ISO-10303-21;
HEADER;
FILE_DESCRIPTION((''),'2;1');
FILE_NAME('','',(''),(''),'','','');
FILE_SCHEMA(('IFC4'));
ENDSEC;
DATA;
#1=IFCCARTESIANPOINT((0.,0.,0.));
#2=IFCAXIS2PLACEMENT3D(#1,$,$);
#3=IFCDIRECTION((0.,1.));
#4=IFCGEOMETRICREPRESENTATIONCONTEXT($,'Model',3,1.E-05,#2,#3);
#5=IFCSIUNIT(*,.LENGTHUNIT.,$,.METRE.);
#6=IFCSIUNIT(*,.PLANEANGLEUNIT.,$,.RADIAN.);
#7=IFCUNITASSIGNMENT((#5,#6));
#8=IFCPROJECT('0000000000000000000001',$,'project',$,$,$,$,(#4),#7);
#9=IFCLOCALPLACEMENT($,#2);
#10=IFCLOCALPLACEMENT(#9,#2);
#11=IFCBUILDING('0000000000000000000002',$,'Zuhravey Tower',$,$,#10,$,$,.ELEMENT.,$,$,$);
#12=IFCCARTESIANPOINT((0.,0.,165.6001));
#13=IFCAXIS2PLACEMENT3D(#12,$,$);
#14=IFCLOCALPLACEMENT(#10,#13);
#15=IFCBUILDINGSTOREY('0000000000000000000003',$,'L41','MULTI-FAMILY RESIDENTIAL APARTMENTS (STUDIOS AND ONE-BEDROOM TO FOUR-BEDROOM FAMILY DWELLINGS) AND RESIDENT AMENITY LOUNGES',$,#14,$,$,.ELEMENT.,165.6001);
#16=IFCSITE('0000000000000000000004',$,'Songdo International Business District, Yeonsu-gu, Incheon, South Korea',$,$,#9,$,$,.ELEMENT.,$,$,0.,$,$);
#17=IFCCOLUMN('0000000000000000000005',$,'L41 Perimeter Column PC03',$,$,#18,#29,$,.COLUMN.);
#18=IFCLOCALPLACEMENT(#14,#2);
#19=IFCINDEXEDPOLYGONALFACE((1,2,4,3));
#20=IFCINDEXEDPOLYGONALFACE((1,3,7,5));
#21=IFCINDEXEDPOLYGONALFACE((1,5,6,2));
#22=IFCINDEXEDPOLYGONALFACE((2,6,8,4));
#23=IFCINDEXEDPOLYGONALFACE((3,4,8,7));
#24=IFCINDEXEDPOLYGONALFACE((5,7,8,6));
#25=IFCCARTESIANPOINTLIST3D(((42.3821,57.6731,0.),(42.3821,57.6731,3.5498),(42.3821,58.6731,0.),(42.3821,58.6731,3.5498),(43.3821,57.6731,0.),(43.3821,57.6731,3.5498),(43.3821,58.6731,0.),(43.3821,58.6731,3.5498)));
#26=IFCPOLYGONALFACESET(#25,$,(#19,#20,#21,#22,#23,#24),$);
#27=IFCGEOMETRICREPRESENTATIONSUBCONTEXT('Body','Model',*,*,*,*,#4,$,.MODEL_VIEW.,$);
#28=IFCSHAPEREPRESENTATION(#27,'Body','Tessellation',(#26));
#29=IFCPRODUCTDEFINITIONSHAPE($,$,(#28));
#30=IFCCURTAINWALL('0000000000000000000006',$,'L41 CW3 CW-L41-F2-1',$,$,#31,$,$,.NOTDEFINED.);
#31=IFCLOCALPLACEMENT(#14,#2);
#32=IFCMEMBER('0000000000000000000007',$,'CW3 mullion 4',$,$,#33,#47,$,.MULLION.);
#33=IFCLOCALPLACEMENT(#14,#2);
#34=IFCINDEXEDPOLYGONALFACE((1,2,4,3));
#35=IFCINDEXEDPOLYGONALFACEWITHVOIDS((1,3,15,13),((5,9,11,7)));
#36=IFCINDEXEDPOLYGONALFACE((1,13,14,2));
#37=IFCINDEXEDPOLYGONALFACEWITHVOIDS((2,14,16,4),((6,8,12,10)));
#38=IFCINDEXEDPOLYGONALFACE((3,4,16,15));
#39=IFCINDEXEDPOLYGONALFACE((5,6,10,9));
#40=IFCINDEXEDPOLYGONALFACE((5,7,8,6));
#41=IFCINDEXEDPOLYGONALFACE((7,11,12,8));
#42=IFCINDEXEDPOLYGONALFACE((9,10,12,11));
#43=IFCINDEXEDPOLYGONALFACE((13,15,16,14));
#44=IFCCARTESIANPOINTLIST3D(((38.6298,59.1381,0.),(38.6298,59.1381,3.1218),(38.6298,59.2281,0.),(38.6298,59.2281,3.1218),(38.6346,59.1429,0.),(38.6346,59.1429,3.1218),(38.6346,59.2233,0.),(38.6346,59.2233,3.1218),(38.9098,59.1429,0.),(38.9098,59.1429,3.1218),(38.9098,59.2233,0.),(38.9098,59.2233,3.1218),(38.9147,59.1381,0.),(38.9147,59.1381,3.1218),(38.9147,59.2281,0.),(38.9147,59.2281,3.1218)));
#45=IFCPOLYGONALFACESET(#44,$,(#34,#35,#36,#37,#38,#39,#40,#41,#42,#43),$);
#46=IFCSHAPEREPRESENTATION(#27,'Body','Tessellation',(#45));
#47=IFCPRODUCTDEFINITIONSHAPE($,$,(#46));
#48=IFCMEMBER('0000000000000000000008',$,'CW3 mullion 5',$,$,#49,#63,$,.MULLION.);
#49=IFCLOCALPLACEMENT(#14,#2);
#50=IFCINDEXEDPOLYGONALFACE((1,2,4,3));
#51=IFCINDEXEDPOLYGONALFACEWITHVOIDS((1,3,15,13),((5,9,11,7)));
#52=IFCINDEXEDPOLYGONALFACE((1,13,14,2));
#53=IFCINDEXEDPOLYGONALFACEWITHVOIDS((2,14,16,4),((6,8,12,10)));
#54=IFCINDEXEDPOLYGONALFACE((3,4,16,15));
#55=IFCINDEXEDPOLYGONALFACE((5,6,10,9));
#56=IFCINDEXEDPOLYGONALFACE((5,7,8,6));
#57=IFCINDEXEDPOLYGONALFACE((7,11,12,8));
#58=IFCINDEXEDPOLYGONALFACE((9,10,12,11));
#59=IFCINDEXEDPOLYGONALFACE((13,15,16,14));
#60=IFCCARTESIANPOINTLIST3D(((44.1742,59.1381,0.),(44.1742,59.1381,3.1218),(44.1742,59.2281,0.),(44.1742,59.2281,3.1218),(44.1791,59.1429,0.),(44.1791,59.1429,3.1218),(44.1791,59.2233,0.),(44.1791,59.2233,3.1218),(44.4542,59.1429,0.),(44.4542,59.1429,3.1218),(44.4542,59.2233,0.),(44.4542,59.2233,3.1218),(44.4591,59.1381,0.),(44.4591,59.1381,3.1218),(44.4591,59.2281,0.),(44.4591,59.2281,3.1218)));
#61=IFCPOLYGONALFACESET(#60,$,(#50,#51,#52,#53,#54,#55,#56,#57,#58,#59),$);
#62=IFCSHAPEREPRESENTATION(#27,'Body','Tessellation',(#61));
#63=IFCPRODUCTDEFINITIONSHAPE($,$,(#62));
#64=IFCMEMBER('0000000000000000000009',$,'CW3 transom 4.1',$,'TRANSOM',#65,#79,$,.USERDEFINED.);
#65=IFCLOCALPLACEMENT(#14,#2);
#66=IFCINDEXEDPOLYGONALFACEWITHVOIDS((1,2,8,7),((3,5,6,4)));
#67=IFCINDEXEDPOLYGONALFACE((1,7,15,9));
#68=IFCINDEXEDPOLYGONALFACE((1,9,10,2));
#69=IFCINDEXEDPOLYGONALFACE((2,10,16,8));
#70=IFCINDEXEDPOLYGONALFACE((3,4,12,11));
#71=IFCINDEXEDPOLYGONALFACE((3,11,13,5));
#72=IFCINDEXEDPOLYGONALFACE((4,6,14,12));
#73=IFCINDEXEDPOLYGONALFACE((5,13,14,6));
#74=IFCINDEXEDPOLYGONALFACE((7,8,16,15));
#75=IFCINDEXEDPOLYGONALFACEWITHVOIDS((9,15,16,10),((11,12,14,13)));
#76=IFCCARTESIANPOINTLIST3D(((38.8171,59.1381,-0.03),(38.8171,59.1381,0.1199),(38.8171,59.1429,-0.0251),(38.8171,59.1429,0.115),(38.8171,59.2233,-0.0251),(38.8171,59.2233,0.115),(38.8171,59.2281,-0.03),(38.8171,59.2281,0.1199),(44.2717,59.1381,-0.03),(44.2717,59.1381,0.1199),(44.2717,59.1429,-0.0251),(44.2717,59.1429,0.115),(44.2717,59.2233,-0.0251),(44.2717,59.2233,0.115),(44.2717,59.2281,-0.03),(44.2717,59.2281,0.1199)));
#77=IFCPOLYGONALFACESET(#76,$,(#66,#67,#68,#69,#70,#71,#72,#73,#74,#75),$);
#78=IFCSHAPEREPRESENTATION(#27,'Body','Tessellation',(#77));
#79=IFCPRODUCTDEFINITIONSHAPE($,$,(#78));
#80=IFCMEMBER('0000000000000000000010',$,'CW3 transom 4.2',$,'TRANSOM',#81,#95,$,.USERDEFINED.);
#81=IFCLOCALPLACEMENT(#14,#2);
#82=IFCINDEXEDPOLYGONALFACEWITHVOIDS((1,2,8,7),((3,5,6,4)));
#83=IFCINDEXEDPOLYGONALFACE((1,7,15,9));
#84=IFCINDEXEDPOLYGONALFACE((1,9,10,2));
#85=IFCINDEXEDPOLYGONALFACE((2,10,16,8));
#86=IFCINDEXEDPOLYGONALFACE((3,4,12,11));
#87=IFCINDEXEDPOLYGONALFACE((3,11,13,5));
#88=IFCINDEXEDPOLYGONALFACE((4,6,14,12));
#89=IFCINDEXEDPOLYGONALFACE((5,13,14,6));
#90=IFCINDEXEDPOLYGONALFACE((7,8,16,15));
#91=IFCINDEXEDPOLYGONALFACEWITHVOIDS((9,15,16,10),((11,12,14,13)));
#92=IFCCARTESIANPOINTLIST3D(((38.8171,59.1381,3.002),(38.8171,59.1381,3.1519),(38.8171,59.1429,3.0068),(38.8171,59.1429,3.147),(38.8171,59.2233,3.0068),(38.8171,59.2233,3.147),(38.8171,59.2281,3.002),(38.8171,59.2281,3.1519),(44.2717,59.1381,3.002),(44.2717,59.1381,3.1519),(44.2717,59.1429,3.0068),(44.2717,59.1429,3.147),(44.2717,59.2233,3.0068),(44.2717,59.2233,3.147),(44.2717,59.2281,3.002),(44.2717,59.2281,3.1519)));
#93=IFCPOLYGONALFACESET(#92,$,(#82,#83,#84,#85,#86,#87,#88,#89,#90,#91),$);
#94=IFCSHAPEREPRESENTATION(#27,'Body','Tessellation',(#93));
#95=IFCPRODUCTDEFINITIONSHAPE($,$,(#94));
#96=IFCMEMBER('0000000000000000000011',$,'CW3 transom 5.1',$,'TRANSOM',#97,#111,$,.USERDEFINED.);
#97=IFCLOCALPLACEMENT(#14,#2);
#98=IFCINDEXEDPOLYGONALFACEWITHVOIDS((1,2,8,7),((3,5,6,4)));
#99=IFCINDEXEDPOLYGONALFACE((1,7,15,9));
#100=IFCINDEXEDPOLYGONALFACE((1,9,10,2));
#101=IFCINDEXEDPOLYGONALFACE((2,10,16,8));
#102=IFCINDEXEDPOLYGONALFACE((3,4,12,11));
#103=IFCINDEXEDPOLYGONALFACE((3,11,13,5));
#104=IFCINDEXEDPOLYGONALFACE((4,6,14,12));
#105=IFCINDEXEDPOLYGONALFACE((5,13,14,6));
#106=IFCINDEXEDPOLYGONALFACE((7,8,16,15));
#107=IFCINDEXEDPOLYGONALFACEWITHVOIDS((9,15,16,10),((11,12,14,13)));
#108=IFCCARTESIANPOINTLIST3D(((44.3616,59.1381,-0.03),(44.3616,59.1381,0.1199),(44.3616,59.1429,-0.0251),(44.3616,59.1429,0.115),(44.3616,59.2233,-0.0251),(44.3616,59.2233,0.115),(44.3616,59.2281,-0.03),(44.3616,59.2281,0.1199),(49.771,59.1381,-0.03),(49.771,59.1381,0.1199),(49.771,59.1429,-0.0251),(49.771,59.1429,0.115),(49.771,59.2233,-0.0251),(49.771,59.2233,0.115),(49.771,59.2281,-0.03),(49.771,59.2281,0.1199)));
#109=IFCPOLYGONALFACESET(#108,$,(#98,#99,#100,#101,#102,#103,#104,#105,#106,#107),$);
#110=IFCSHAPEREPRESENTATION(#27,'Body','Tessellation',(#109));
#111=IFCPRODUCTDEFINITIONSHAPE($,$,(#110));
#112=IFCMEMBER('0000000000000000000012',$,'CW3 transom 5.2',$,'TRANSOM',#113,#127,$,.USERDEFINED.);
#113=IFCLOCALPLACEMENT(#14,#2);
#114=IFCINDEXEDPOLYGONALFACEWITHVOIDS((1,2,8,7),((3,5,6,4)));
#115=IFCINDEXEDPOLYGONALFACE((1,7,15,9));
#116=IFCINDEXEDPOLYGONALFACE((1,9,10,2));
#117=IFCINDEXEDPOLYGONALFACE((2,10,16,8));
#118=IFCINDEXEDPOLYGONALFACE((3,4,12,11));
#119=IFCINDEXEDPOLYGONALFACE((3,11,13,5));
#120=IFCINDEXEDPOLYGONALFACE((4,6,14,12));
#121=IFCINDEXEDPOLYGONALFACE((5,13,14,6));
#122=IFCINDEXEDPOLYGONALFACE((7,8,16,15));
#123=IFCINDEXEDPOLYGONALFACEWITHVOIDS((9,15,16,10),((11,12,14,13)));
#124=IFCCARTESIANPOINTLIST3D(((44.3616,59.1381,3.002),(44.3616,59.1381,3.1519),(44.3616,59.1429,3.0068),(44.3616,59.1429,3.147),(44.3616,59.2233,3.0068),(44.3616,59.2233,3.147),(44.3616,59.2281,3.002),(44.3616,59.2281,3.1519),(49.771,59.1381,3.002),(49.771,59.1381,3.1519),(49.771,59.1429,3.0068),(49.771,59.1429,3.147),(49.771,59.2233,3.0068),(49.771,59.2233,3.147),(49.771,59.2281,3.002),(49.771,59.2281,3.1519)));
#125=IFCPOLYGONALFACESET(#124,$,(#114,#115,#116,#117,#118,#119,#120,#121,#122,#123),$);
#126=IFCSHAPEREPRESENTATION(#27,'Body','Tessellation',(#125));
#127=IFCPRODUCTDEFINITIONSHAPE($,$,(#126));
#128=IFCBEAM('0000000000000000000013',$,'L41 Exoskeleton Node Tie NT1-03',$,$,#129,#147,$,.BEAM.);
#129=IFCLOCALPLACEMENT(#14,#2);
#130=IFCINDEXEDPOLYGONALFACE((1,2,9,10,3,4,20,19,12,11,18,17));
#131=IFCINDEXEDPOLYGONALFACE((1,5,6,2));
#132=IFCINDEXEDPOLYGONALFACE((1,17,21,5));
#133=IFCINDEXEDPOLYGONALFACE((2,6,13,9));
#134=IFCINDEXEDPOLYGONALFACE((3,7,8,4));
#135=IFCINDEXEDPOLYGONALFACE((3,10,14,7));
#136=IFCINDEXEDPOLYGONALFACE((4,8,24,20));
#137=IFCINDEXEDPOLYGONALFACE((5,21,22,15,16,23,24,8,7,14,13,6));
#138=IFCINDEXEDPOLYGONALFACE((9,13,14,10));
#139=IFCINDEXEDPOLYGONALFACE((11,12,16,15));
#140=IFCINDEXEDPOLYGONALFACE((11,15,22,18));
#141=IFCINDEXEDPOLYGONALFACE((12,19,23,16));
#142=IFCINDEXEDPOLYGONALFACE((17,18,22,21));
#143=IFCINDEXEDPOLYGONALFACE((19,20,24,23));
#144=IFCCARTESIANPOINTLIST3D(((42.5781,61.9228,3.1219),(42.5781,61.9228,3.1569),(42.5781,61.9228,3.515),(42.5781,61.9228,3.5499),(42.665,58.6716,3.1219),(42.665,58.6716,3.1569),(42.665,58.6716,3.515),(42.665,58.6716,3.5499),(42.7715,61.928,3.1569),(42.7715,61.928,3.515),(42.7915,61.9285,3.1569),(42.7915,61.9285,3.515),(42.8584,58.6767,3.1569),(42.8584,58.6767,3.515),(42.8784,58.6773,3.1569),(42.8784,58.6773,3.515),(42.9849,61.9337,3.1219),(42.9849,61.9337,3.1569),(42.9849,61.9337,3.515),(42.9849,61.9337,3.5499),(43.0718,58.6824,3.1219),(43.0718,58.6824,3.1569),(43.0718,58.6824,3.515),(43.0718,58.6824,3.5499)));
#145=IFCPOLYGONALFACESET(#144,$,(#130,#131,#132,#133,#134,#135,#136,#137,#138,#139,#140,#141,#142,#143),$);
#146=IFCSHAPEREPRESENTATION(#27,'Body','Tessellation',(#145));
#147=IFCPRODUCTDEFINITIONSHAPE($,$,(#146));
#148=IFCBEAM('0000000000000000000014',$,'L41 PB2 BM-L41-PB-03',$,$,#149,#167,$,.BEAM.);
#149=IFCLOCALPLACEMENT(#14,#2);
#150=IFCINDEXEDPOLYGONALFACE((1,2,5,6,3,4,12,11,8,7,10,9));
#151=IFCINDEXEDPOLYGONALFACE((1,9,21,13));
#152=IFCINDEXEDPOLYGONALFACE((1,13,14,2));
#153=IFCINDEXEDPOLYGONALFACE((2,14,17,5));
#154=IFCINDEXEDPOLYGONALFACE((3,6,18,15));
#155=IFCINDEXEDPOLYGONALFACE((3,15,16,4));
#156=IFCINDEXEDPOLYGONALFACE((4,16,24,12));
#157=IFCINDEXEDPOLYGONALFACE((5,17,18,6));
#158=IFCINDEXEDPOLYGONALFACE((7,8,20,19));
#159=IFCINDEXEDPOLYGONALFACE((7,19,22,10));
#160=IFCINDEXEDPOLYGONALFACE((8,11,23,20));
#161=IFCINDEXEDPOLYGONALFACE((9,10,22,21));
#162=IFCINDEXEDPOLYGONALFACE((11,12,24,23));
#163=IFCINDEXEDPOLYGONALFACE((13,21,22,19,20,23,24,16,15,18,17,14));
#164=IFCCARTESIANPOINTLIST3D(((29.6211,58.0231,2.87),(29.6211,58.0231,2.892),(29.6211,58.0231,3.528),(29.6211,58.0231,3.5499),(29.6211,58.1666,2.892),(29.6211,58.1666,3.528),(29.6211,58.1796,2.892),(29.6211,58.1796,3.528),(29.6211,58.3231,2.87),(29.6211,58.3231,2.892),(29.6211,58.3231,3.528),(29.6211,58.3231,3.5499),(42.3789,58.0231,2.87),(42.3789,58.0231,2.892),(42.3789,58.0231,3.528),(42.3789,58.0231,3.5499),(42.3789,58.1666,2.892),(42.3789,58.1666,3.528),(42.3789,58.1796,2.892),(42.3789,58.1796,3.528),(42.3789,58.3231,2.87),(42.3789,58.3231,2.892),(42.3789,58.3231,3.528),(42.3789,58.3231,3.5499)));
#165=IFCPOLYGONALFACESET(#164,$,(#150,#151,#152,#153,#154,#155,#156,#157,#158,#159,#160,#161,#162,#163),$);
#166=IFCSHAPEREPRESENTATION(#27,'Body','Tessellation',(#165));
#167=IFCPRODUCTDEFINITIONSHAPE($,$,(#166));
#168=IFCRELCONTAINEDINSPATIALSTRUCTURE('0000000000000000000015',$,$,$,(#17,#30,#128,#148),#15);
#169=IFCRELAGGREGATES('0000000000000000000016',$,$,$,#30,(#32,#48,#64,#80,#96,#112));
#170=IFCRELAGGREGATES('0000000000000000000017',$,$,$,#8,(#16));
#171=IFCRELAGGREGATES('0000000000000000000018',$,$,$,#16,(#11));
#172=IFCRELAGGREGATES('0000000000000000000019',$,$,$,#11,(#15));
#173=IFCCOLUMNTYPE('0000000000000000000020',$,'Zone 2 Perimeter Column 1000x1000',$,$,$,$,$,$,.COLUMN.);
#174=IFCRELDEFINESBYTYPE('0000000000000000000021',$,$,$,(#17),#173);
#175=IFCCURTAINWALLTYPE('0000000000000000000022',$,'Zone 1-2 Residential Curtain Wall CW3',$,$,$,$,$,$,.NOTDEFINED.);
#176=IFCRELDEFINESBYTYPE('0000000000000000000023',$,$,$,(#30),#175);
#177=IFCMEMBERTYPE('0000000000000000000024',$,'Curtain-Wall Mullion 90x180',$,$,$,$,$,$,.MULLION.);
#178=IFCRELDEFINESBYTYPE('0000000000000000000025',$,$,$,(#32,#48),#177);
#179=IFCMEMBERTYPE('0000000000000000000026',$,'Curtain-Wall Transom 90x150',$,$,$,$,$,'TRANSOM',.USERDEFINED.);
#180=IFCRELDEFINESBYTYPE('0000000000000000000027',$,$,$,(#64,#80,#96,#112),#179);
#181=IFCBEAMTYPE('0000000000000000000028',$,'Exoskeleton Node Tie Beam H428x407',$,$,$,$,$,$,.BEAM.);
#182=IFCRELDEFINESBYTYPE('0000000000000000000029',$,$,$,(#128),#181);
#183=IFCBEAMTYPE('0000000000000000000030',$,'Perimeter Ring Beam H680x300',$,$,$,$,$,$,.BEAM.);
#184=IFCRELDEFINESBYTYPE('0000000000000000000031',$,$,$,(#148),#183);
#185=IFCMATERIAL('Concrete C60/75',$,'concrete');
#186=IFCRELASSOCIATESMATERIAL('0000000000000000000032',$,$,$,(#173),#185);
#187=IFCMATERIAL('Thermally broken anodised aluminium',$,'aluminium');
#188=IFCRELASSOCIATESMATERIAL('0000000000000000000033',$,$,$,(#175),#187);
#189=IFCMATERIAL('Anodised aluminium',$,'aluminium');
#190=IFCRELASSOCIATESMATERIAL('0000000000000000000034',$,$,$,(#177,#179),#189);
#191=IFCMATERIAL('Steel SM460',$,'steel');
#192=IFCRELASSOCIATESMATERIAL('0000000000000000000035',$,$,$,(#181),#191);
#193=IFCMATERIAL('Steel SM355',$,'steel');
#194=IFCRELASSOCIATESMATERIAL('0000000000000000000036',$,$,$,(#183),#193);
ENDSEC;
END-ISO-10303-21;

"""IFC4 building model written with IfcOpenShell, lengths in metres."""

from ifc_helpers import new_model, si_unit, direction, frame, origin, origin_2d, place, context, subcontext, project, spatial, rectangle, hollow_rectangle, i_section, extrude, material, material_profile, profile_set, type_object, element, aggregate, save


model = new_model("IFC4")

# Units and contexts
model_context = context("Model", 3, precision=1e-05, world=origin(), true_north=direction((0.0, 1.0)))
body_context = subcontext(model_context, "Body", "Model", "MODEL_VIEW")
ifc_project = project(units=[si_unit("LENGTHUNIT", "METRE"), si_unit("PLANEANGLEUNIT", "RADIAN")], contexts=[model_context])

# Site, building, storey
site_placement = place(None, origin())
site = spatial("IfcSite", under=ifc_project, at=site_placement, Name="Songdo International Business District, Yeonsu-gu, Incheon, South Korea", CompositionType="ELEMENT", RefElevation=0.0)
building_placement = place(site_placement, origin())
building = spatial("IfcBuilding", under=site, at=building_placement, Name="Zuhravey Tower", CompositionType="ELEMENT")
storey_placement = place(building_placement, frame((0.0, 0.0, 165.6001)))
storey = spatial("IfcBuildingStorey", under=building, at=storey_placement, Name="L41", Description="MULTI-FAMILY RESIDENTIAL APARTMENTS (STUDIOS AND ONE-BEDROOM TO FOUR-BEDROOM FAMILY DWELLINGS) AND RESIDENT AMENITY LOUNGES", CompositionType="ELEMENT", Elevation=165.6001)

# Column
ifc_material_1 = material(Name="Concrete C60/75", Category="concrete")
ifc_material_profile_1 = material_profile(ifc_material_1, rectangle(XDim=1.0, YDim=1.0, at=origin_2d()), Name="RC-1000x1000")
ifc_profile_set_1 = profile_set([ifc_material_profile_1], Name="Concrete C60/75")
column_type = type_object("IfcColumnType", Name="Zone 2 Perimeter Column 1000x1000", PredefinedType="COLUMN", material=ifc_profile_set_1)
column_placement = place(storey_placement, frame((42.8821, 58.1731, 0.0), z_axis=(0.0, 0.0, 1.0), x_axis=(-1.0, 0.0, 0.0)))
element("IfcColumn", 1, at=column_placement, inside=storey, type_object=column_type, Name="L41 Perimeter Column PC03", PredefinedType="COLUMN", context=body_context, shape_type="SweptSolid", body=[
    extrude(rectangle(XDim=1.0, YDim=1.0, at=origin_2d()), origin(), (0.0, 0.0, 1.0), 3.5498),
])

# Curtain wall, members
ifc_material_2 = material(Name="Thermally broken anodised aluminium", Category="aluminium")
curtain_wall_type = type_object("IfcCurtainWallType", Name="Zone 1-2 Residential Curtain Wall CW3", PredefinedType="NOTDEFINED", material=ifc_material_2)
curtain_wall_placement = place(storey_placement, origin())
curtain_wall = element("IfcCurtainWall", 2, at=curtain_wall_placement, inside=storey, type_object=curtain_wall_type, Name="L41 CW3 CW-L41-F2-1", PredefinedType="NOTDEFINED")
ifc_material_3 = material(Name="Anodised aluminium", Category="aluminium")
ifc_material_profile_2 = material_profile(ifc_material_3, hollow_rectangle(XDim=0.0901, YDim=0.2849, WallThickness=0.0049, at=origin_2d()), Name="ALU-RHS-90x285x5")
ifc_profile_set_2 = profile_set([ifc_material_profile_2], Name="Anodised aluminium")
member_type_1 = type_object("IfcMemberType", Name="Curtain-Wall Mullion 90x180", PredefinedType="MULLION", material=ifc_profile_set_2)
member_1_placement = place(storey_placement, frame((38.7722, 59.1831, 0.0), z_axis=(0.0, 0.0, 1.0), x_axis=(0.0, 1.0, 0.0)))
member_1 = element("IfcMember", 3, at=member_1_placement, type_object=member_type_1, Name="CW3 mullion 4", PredefinedType="MULLION", context=body_context, shape_type="SweptSolid", body=[
    extrude(hollow_rectangle(XDim=0.0901, YDim=0.2849, WallThickness=0.0049, at=origin_2d()), origin(), (0.0, 0.0, 1.0), 3.1218),
])
member_2_placement = place(storey_placement, frame((44.3167, 59.1831, 0.0), z_axis=(0.0, 0.0, 1.0), x_axis=(0.0, 1.0, 0.0)))
member_2 = element("IfcMember", 4, at=member_2_placement, type_object=member_type_1, Name="CW3 mullion 5", PredefinedType="MULLION", context=body_context, shape_type="SweptSolid", body=[
    extrude(hollow_rectangle(XDim=0.0901, YDim=0.2849, WallThickness=0.0049, at=origin_2d()), origin(), (0.0, 0.0, 1.0), 3.1218),
])
ifc_material_profile_3 = material_profile(ifc_material_3, hollow_rectangle(XDim=0.0901, YDim=0.1499, WallThickness=0.0049, at=origin_2d()), Name="ALU-RHS-90x150x5")
ifc_profile_set_3 = profile_set([ifc_material_profile_3], Name="Anodised aluminium")
member_type_2 = type_object("IfcMemberType", Name="Curtain-Wall Transom 90x150", ElementType="TRANSOM", PredefinedType="USERDEFINED", material=ifc_profile_set_3)
member_3_placement = place(storey_placement, frame((38.8171, 59.1831, 0.0449), z_axis=(1.0, 0.0, 0.0), x_axis=(0.0, 1.0, 0.0)))
member_3 = element("IfcMember", 5, at=member_3_placement, type_object=member_type_2, Name="CW3 transom 4.1", ObjectType="TRANSOM", PredefinedType="USERDEFINED", context=body_context, shape_type="SweptSolid", body=[
    extrude(hollow_rectangle(XDim=0.0901, YDim=0.1499, WallThickness=0.0049, at=origin_2d()), origin(), (0.0, 0.0, 1.0), 5.4546),
])
member_4_placement = place(storey_placement, frame((38.8171, 59.1831, 3.0769), z_axis=(1.0, 0.0, 0.0), x_axis=(0.0, 1.0, 0.0)))
member_4 = element("IfcMember", 6, at=member_4_placement, type_object=member_type_2, Name="CW3 transom 4.2", ObjectType="TRANSOM", PredefinedType="USERDEFINED", context=body_context, shape_type="SweptSolid", body=[
    extrude(hollow_rectangle(XDim=0.0901, YDim=0.1499, WallThickness=0.0049, at=origin_2d()), origin(), (0.0, 0.0, 1.0), 5.4546),
])
member_5_placement = place(storey_placement, frame((44.3616, 59.1831, 0.0449), z_axis=(1.0, 0.0, 0.0), x_axis=(0.0, 1.0, 0.0)))
member_5 = element("IfcMember", 7, at=member_5_placement, type_object=member_type_2, Name="CW3 transom 5.1", ObjectType="TRANSOM", PredefinedType="USERDEFINED", context=body_context, shape_type="SweptSolid", body=[
    extrude(hollow_rectangle(XDim=0.0901, YDim=0.1499, WallThickness=0.0049, at=origin_2d()), origin(), (0.0, 0.0, 1.0), 5.4094),
])
member_6_placement = place(storey_placement, frame((44.3616, 59.1831, 3.0769), z_axis=(1.0, 0.0, 0.0), x_axis=(0.0, 1.0, 0.0)))
member_6 = element("IfcMember", 8, at=member_6_placement, type_object=member_type_2, Name="CW3 transom 5.2", ObjectType="TRANSOM", PredefinedType="USERDEFINED", context=body_context, shape_type="SweptSolid", body=[
    extrude(hollow_rectangle(XDim=0.0901, YDim=0.1499, WallThickness=0.0049, at=origin_2d()), origin(), (0.0, 0.0, 1.0), 5.4094),
])

# Beams
ifc_material_4 = material(Name="Steel SM460", Category="steel")
ifc_material_profile_4 = material_profile(ifc_material_4, i_section(OverallWidth=0.407, OverallDepth=0.428, WebThickness=0.02, FlangeThickness=0.0349, at=origin_2d()), Name="H-428x407x20x35")
ifc_profile_set_4 = profile_set([ifc_material_profile_4], Name="Steel SM460")
beam_type_1 = type_object("IfcBeamType", Name="Exoskeleton Node Tie Beam H428x407", PredefinedType="BEAM", material=ifc_profile_set_4)
beam_1_placement = place(storey_placement, frame((42.8684, 58.677, 3.3359), z_axis=(-0.026723, 0.999643, 0.0), x_axis=(-0.999643, -0.026723, 0.0)))
element("IfcBeam", 9, at=beam_1_placement, inside=storey, type_object=beam_type_1, Name="L41 Exoskeleton Node Tie NT1-03", PredefinedType="BEAM", context=body_context, shape_type="SweptSolid", body=[
    extrude(i_section(OverallWidth=0.407, OverallDepth=0.428, WebThickness=0.02, FlangeThickness=0.0349, at=origin_2d()), origin(), (0.0, 0.0, 1.0), 3.2524),
])
ifc_material_5 = material(Name="Steel SM355", Category="steel")
ifc_material_profile_5 = material_profile(ifc_material_5, i_section(OverallWidth=0.3, OverallDepth=0.6799, WebThickness=0.0129, FlangeThickness=0.022, at=origin_2d()), Name="H-680x300x13x22")
ifc_profile_set_5 = profile_set([ifc_material_profile_5], Name="Steel SM355")
beam_type_2 = type_object("IfcBeamType", Name="Perimeter Ring Beam H680x300", PredefinedType="BEAM", material=ifc_profile_set_5)
beam_2_placement = place(storey_placement, frame((42.3789, 58.1731, 3.21), z_axis=(-1.0, 0.0, 0.0), x_axis=(0.0, -1.0, 0.0)))
element("IfcBeam", 10, at=beam_2_placement, inside=storey, type_object=beam_type_2, Name="L41 PB2 BM-L41-PB-03", PredefinedType="BEAM", context=body_context, shape_type="SweptSolid", body=[
    extrude(i_section(OverallWidth=0.3, OverallDepth=0.6799, WebThickness=0.0129, FlangeThickness=0.022, at=origin_2d()), origin(), (0.0, 0.0, 1.0), 12.7578),
])

aggregate(curtain_wall, [member_1, member_2, member_3, member_4, member_5, member_6])

save(model, "model.ifc")
